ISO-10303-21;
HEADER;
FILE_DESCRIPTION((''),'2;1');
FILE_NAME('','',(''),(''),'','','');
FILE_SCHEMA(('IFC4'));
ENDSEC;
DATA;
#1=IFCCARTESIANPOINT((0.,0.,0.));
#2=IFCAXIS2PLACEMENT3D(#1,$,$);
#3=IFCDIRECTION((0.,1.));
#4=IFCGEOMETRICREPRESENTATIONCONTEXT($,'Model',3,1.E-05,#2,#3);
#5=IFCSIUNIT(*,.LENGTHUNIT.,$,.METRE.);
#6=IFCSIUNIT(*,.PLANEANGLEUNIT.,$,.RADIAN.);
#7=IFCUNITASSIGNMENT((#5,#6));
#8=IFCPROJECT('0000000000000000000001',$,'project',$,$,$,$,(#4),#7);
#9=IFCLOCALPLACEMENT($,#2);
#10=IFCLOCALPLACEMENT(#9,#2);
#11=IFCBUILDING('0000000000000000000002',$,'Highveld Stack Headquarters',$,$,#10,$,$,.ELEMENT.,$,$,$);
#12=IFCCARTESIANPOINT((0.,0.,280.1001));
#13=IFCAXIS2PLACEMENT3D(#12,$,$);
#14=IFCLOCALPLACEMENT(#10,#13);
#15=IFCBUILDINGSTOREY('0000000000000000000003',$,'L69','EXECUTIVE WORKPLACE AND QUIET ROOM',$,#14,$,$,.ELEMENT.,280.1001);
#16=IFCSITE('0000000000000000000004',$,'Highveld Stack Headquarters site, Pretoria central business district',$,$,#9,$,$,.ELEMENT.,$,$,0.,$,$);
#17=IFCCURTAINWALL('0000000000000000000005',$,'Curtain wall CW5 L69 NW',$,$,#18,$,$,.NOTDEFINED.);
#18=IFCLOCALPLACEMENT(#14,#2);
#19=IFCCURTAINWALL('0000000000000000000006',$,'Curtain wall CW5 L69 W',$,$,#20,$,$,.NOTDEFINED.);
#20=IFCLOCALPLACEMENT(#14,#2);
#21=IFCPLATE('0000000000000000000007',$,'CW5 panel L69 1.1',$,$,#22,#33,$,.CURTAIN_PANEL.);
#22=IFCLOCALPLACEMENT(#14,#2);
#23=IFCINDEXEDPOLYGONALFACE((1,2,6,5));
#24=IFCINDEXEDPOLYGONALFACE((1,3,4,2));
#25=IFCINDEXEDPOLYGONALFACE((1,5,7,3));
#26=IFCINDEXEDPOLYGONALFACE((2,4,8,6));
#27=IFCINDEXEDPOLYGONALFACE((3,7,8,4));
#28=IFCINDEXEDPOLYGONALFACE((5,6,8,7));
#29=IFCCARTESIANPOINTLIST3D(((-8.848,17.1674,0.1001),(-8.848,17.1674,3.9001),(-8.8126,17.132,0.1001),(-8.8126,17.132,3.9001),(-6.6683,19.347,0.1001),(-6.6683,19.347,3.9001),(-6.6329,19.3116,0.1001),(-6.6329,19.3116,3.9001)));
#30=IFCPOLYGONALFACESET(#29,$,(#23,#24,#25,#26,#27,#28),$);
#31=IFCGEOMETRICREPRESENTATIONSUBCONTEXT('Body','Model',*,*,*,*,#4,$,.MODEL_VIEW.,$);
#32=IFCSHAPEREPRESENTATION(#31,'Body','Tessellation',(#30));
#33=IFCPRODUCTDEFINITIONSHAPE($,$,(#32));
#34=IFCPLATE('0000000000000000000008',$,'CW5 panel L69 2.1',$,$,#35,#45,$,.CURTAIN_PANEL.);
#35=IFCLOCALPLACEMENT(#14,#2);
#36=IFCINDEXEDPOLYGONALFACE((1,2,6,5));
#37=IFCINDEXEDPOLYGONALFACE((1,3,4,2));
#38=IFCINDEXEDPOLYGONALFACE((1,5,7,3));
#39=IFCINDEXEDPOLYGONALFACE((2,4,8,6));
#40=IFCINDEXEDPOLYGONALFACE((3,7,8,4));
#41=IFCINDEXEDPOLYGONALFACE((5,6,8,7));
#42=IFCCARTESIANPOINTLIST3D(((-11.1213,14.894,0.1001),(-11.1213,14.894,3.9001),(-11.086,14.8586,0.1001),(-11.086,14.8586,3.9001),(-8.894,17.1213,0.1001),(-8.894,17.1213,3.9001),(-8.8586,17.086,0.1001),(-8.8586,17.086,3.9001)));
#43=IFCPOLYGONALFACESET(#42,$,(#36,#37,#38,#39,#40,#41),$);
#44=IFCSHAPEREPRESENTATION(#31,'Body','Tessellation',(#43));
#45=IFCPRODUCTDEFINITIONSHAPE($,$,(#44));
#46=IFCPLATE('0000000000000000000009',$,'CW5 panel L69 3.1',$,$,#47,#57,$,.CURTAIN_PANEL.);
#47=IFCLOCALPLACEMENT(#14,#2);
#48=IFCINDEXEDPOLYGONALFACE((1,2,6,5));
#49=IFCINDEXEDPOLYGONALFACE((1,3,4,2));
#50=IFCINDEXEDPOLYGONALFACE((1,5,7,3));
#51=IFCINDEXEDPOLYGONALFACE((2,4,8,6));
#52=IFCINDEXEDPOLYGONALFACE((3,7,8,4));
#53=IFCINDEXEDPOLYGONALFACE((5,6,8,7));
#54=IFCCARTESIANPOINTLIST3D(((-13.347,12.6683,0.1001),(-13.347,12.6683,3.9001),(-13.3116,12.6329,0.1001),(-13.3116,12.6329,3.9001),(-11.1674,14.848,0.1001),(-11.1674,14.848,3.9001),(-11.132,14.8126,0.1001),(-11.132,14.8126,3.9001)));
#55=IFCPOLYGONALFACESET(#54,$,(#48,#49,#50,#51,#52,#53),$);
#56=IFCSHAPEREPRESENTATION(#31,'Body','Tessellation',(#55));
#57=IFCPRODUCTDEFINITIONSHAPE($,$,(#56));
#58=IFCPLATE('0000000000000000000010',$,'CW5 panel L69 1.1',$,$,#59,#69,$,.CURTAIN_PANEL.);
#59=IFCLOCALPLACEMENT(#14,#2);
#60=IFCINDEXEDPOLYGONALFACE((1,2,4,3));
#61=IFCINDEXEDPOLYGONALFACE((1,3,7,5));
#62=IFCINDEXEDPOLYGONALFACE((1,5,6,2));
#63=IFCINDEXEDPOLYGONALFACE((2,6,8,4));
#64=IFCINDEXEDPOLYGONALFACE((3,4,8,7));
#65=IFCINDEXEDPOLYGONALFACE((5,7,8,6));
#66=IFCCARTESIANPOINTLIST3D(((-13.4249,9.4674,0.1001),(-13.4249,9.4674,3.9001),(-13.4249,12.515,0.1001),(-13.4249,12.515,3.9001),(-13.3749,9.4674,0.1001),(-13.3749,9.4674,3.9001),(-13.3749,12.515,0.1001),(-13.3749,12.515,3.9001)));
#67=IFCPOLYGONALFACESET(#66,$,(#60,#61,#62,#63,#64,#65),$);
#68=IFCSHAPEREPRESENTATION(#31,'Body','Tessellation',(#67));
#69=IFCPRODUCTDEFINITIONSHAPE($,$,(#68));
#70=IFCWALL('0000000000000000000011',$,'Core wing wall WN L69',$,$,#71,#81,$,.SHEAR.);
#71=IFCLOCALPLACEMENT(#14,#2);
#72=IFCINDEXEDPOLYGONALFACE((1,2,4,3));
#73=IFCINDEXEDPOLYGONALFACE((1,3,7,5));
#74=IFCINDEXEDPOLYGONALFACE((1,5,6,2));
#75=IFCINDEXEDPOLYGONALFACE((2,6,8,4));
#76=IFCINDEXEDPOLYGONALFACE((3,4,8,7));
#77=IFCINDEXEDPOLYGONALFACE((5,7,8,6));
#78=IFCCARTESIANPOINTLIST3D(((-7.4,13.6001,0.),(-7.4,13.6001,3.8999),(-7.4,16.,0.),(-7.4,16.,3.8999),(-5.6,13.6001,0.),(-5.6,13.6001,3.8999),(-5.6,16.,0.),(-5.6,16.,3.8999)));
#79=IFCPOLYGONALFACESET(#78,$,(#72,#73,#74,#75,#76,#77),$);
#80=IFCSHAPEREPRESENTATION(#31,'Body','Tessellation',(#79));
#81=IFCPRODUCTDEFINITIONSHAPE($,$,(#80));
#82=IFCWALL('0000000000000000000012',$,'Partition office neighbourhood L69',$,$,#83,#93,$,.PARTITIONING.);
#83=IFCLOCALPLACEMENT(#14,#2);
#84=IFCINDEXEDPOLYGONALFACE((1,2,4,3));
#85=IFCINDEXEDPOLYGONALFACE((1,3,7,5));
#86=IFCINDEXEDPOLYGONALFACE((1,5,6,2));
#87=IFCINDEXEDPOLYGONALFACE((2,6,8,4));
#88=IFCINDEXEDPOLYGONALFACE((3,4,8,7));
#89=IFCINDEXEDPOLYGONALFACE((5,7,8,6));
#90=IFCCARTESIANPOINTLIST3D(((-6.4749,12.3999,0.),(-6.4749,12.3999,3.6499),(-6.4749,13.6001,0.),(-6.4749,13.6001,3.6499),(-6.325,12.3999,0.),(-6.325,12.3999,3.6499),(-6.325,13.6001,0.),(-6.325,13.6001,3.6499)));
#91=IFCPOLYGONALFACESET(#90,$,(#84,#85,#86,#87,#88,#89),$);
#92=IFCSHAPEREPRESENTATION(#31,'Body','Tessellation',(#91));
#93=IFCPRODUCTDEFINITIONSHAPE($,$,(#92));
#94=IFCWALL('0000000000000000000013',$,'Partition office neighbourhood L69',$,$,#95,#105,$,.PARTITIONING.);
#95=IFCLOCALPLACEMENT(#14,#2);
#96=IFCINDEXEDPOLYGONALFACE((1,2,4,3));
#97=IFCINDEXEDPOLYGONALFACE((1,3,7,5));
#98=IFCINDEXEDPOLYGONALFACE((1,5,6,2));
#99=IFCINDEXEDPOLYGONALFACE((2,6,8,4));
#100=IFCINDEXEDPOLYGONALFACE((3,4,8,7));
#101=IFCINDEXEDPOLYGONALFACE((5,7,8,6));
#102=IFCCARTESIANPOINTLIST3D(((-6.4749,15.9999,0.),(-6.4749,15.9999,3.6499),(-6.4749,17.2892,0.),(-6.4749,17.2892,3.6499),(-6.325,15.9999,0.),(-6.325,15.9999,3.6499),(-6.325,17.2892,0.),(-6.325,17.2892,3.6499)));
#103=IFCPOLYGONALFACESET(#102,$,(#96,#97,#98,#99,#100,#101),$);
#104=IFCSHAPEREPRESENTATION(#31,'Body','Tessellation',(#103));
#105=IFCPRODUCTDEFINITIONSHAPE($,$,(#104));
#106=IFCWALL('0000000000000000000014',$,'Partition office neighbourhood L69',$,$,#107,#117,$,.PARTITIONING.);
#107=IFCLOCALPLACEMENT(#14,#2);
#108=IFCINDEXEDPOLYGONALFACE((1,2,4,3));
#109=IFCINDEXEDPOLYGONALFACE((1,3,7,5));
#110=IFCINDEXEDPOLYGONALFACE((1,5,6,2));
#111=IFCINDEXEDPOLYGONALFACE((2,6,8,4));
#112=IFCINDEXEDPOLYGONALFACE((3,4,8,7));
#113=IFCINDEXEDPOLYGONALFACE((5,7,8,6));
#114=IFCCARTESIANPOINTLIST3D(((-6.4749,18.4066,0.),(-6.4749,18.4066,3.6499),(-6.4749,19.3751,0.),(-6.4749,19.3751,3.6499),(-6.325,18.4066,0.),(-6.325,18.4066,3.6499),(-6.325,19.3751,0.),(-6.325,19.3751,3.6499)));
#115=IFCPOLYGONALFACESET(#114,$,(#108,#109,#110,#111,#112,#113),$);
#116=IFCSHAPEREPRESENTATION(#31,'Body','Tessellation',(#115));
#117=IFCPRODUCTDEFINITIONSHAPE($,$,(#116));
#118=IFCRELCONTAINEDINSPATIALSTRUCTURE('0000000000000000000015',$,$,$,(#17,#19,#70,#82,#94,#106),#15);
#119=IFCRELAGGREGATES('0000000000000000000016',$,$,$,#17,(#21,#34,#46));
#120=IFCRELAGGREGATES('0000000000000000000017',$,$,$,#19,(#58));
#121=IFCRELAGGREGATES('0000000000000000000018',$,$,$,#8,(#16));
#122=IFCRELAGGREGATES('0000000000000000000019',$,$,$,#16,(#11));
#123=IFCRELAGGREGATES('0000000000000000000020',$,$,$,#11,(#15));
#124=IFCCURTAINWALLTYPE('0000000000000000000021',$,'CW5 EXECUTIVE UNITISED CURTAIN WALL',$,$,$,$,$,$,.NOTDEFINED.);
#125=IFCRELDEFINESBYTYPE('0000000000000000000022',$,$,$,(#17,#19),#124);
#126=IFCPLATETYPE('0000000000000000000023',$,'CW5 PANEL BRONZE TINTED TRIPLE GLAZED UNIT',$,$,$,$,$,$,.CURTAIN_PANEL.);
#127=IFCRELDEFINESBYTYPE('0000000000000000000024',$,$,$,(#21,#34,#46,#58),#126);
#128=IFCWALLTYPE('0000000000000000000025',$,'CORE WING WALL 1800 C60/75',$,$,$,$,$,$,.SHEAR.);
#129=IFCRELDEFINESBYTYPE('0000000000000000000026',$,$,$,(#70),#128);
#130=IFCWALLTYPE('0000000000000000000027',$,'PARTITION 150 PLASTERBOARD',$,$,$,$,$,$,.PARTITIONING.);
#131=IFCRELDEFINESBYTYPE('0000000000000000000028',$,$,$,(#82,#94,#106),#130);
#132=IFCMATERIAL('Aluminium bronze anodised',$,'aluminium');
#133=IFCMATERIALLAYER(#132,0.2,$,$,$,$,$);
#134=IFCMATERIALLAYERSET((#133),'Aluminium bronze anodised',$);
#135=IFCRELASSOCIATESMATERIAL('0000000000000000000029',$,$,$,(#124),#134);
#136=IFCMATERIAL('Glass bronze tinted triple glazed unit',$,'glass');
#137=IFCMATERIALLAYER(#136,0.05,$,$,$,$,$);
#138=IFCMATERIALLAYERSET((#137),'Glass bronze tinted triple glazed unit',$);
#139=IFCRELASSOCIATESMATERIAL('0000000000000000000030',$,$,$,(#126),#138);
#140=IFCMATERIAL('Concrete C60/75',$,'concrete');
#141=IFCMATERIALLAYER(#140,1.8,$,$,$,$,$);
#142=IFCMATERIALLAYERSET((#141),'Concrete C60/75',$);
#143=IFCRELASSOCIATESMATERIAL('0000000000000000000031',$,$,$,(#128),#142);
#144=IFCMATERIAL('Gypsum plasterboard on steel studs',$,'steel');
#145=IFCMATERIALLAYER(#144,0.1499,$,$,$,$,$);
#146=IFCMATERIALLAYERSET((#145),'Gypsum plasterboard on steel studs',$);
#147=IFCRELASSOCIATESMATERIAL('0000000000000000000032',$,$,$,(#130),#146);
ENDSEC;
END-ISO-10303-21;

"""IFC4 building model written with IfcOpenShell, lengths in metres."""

from ifc_helpers import new_model, si_unit, direction, frame, frame_2d, origin, origin_2d, place, context, subcontext, project, spatial, rectangle, extrude, material, layer, layer_set, type_object, element, aggregate, save


model = new_model("IFC4")

# Units and contexts
model_context = context("Model", 3, precision=1e-05, world=origin(), true_north=direction((0.0, 1.0)))
body_context = subcontext(model_context, "Body", "Model", "MODEL_VIEW")
ifc_project = project(units=[si_unit("LENGTHUNIT", "METRE"), si_unit("PLANEANGLEUNIT", "RADIAN")], contexts=[model_context])

# Site, building, storey
site_placement = place(None, origin())
site = spatial("IfcSite", under=ifc_project, at=site_placement, Name="Highveld Stack Headquarters site, Pretoria central business district", CompositionType="ELEMENT", RefElevation=0.0)
building_placement = place(site_placement, origin())
building = spatial("IfcBuilding", under=site, at=building_placement, Name="Highveld Stack Headquarters", CompositionType="ELEMENT")
storey_placement = place(building_placement, frame((0.0, 0.0, 280.1001)))
storey = spatial("IfcBuildingStorey", under=building, at=storey_placement, Name="L69", Description="EXECUTIVE WORKPLACE AND QUIET ROOM", CompositionType="ELEMENT", Elevation=280.1001)

# Shared definitions
ifc_material_1 = material(Name="Aluminium bronze anodised", Category="aluminium")
ifc_layer_1 = layer(ifc_material_1, 0.2)
ifc_layer_set_1 = layer_set([ifc_layer_1], Name="Aluminium bronze anodised")
curtain_wall_type = type_object("IfcCurtainWallType", Name="CW5 EXECUTIVE UNITISED CURTAIN WALL", PredefinedType="NOTDEFINED", material=ifc_layer_set_1)

# Curtain wall
curtain_wall_1_placement = place(storey_placement, origin())
curtain_wall_1 = element("IfcCurtainWall", 1, at=curtain_wall_1_placement, inside=storey, type_object=curtain_wall_type, Name="Curtain wall CW5 L69 NW", PredefinedType="NOTDEFINED")

# Curtain wall
curtain_wall_2_placement = place(storey_placement, origin())
curtain_wall_2 = element("IfcCurtainWall", 2, at=curtain_wall_2_placement, inside=storey, type_object=curtain_wall_type, Name="Curtain wall CW5 L69 W", PredefinedType="NOTDEFINED")

# Plates
ifc_material_2 = material(Name="Glass bronze tinted triple glazed unit", Category="glass")
ifc_layer_2 = layer(ifc_material_2, 0.05)
ifc_layer_set_2 = layer_set([ifc_layer_2], Name="Glass bronze tinted triple glazed unit")
plate_type = type_object("IfcPlateType", Name="CW5 PANEL BRONZE TINTED TRIPLE GLAZED UNIT", PredefinedType="CURTAIN_PANEL", material=ifc_layer_set_2)
plate_1_placement = place(storey_placement, frame((-7.7405, 18.2395, 0.1001), z_axis=(0.0, 0.0, 1.0), x_axis=(-0.707107, -0.707107, 0.0)))
plate_1 = element("IfcPlate", 3, at=plate_1_placement, type_object=plate_type, Name="CW5 panel L69 1.1", PredefinedType="CURTAIN_PANEL", context=body_context, shape_type="SweptSolid", body=[
    extrude(rectangle(XDim=3.0825, YDim=0.05, at=origin_2d()), origin(), (0.0, 0.0, 1.0), 3.8),
])
plate_2_placement = place(storey_placement, frame((-9.99, 15.99, 0.1001), z_axis=(0.0, 0.0, 1.0), x_axis=(-0.707107, -0.707107, 0.0)))
plate_2 = element("IfcPlate", 4, at=plate_2_placement, type_object=plate_type, Name="CW5 panel L69 2.1", PredefinedType="CURTAIN_PANEL", context=body_context, shape_type="SweptSolid", body=[
    extrude(rectangle(XDim=3.1499, YDim=0.05, at=origin_2d()), origin(), (0.0, 0.0, 1.0), 3.8),
])
plate_3_placement = place(storey_placement, frame((-12.2395, 13.7405, 0.1001), z_axis=(0.0, 0.0, 1.0), x_axis=(-0.707107, -0.707107, 0.0)))
plate_3 = element("IfcPlate", 5, at=plate_3_placement, type_object=plate_type, Name="CW5 panel L69 3.1", PredefinedType="CURTAIN_PANEL", context=body_context, shape_type="SweptSolid", body=[
    extrude(rectangle(XDim=3.0825, YDim=0.05, at=origin_2d()), origin(), (0.0, 0.0, 1.0), 3.8),
])
aggregate(curtain_wall_1, [plate_1, plate_2, plate_3])
plate_4_placement = place(storey_placement, frame((-13.3999, 10.9912, 0.1001), z_axis=(0.0, 0.0, 1.0), x_axis=(0.0, -1.0, 0.0)))
plate_4 = element("IfcPlate", 6, at=plate_4_placement, type_object=plate_type, Name="CW5 panel L69 1.1", PredefinedType="CURTAIN_PANEL", context=body_context, shape_type="SweptSolid", body=[
    extrude(rectangle(XDim=3.0476, YDim=0.05, at=origin_2d()), origin(), (0.0, 0.0, 1.0), 3.8),
])
aggregate(curtain_wall_2, [plate_4])

# Walls
ifc_material_3 = material(Name="Concrete C60/75", Category="concrete")
ifc_layer_3 = layer(ifc_material_3, 1.8)
ifc_layer_set_3 = layer_set([ifc_layer_3], Name="Concrete C60/75")
wall_type_1 = type_object("IfcWallType", Name="CORE WING WALL 1800 C60/75", PredefinedType="SHEAR", material=ifc_layer_set_3)
wall_1_placement = place(storey_placement, frame((-6.5, 13.6001, 0.0), z_axis=(0.0, 0.0, 1.0), x_axis=(0.0, 1.0, 0.0)))
element("IfcWall", 7, at=wall_1_placement, inside=storey, type_object=wall_type_1, Name="Core wing wall WN L69", PredefinedType="SHEAR", context=body_context, shape_type="SweptSolid", body=[
    extrude(rectangle(XDim=2.3999, YDim=1.8, at=frame_2d((1.2, 0.0))), origin(), (0.0, 0.0, 1.0), 3.8999),
])
ifc_material_4 = material(Name="Gypsum plasterboard on steel studs", Category="steel")
ifc_layer_4 = layer(ifc_material_4, 0.1499)
ifc_layer_set_4 = layer_set([ifc_layer_4], Name="Gypsum plasterboard on steel studs")
wall_type_2 = type_object("IfcWallType", Name="PARTITION 150 PLASTERBOARD", PredefinedType="PARTITIONING", material=ifc_layer_set_4)
wall_2_placement = place(storey_placement, frame((-6.3999, 12.3999, 0.0), z_axis=(0.0, 0.0, 1.0), x_axis=(0.0, 1.0, 0.0)))
element("IfcWall", 8, at=wall_2_placement, inside=storey, type_object=wall_type_2, Name="Partition office neighbourhood L69", PredefinedType="PARTITIONING", context=body_context, shape_type="SweptSolid", body=[
    extrude(rectangle(XDim=1.2002, YDim=0.1499, at=frame_2d((0.6001, 0.0))), origin(), (0.0, 0.0, 1.0), 3.6499),
])
wall_3_placement = place(storey_placement, frame((-6.3999, 16.0, 0.0), z_axis=(0.0, 0.0, 1.0), x_axis=(0.0, 1.0, 0.0)))
element("IfcWall", 9, at=wall_3_placement, inside=storey, type_object=wall_type_2, Name="Partition office neighbourhood L69", PredefinedType="PARTITIONING", context=body_context, shape_type="SweptSolid", body=[
    extrude(rectangle(XDim=1.2893, YDim=0.1499, at=frame_2d((0.6445, 0.0))), origin(), (0.0, 0.0, 1.0), 3.6499),
])
wall_4_placement = place(storey_placement, frame((-6.3999, 18.4065, 0.0), z_axis=(0.0, 0.0, 1.0), x_axis=(0.0, 1.0, 0.0)))
element("IfcWall", 10, at=wall_4_placement, inside=storey, type_object=wall_type_2, Name="Partition office neighbourhood L69", PredefinedType="PARTITIONING", context=body_context, shape_type="SweptSolid", body=[
    extrude(rectangle(XDim=0.9685, YDim=0.1499, at=frame_2d((0.4844, 0.0))), origin(), (0.0, 0.0, 1.0), 3.6499),
])

save(model, "model.ifc")
